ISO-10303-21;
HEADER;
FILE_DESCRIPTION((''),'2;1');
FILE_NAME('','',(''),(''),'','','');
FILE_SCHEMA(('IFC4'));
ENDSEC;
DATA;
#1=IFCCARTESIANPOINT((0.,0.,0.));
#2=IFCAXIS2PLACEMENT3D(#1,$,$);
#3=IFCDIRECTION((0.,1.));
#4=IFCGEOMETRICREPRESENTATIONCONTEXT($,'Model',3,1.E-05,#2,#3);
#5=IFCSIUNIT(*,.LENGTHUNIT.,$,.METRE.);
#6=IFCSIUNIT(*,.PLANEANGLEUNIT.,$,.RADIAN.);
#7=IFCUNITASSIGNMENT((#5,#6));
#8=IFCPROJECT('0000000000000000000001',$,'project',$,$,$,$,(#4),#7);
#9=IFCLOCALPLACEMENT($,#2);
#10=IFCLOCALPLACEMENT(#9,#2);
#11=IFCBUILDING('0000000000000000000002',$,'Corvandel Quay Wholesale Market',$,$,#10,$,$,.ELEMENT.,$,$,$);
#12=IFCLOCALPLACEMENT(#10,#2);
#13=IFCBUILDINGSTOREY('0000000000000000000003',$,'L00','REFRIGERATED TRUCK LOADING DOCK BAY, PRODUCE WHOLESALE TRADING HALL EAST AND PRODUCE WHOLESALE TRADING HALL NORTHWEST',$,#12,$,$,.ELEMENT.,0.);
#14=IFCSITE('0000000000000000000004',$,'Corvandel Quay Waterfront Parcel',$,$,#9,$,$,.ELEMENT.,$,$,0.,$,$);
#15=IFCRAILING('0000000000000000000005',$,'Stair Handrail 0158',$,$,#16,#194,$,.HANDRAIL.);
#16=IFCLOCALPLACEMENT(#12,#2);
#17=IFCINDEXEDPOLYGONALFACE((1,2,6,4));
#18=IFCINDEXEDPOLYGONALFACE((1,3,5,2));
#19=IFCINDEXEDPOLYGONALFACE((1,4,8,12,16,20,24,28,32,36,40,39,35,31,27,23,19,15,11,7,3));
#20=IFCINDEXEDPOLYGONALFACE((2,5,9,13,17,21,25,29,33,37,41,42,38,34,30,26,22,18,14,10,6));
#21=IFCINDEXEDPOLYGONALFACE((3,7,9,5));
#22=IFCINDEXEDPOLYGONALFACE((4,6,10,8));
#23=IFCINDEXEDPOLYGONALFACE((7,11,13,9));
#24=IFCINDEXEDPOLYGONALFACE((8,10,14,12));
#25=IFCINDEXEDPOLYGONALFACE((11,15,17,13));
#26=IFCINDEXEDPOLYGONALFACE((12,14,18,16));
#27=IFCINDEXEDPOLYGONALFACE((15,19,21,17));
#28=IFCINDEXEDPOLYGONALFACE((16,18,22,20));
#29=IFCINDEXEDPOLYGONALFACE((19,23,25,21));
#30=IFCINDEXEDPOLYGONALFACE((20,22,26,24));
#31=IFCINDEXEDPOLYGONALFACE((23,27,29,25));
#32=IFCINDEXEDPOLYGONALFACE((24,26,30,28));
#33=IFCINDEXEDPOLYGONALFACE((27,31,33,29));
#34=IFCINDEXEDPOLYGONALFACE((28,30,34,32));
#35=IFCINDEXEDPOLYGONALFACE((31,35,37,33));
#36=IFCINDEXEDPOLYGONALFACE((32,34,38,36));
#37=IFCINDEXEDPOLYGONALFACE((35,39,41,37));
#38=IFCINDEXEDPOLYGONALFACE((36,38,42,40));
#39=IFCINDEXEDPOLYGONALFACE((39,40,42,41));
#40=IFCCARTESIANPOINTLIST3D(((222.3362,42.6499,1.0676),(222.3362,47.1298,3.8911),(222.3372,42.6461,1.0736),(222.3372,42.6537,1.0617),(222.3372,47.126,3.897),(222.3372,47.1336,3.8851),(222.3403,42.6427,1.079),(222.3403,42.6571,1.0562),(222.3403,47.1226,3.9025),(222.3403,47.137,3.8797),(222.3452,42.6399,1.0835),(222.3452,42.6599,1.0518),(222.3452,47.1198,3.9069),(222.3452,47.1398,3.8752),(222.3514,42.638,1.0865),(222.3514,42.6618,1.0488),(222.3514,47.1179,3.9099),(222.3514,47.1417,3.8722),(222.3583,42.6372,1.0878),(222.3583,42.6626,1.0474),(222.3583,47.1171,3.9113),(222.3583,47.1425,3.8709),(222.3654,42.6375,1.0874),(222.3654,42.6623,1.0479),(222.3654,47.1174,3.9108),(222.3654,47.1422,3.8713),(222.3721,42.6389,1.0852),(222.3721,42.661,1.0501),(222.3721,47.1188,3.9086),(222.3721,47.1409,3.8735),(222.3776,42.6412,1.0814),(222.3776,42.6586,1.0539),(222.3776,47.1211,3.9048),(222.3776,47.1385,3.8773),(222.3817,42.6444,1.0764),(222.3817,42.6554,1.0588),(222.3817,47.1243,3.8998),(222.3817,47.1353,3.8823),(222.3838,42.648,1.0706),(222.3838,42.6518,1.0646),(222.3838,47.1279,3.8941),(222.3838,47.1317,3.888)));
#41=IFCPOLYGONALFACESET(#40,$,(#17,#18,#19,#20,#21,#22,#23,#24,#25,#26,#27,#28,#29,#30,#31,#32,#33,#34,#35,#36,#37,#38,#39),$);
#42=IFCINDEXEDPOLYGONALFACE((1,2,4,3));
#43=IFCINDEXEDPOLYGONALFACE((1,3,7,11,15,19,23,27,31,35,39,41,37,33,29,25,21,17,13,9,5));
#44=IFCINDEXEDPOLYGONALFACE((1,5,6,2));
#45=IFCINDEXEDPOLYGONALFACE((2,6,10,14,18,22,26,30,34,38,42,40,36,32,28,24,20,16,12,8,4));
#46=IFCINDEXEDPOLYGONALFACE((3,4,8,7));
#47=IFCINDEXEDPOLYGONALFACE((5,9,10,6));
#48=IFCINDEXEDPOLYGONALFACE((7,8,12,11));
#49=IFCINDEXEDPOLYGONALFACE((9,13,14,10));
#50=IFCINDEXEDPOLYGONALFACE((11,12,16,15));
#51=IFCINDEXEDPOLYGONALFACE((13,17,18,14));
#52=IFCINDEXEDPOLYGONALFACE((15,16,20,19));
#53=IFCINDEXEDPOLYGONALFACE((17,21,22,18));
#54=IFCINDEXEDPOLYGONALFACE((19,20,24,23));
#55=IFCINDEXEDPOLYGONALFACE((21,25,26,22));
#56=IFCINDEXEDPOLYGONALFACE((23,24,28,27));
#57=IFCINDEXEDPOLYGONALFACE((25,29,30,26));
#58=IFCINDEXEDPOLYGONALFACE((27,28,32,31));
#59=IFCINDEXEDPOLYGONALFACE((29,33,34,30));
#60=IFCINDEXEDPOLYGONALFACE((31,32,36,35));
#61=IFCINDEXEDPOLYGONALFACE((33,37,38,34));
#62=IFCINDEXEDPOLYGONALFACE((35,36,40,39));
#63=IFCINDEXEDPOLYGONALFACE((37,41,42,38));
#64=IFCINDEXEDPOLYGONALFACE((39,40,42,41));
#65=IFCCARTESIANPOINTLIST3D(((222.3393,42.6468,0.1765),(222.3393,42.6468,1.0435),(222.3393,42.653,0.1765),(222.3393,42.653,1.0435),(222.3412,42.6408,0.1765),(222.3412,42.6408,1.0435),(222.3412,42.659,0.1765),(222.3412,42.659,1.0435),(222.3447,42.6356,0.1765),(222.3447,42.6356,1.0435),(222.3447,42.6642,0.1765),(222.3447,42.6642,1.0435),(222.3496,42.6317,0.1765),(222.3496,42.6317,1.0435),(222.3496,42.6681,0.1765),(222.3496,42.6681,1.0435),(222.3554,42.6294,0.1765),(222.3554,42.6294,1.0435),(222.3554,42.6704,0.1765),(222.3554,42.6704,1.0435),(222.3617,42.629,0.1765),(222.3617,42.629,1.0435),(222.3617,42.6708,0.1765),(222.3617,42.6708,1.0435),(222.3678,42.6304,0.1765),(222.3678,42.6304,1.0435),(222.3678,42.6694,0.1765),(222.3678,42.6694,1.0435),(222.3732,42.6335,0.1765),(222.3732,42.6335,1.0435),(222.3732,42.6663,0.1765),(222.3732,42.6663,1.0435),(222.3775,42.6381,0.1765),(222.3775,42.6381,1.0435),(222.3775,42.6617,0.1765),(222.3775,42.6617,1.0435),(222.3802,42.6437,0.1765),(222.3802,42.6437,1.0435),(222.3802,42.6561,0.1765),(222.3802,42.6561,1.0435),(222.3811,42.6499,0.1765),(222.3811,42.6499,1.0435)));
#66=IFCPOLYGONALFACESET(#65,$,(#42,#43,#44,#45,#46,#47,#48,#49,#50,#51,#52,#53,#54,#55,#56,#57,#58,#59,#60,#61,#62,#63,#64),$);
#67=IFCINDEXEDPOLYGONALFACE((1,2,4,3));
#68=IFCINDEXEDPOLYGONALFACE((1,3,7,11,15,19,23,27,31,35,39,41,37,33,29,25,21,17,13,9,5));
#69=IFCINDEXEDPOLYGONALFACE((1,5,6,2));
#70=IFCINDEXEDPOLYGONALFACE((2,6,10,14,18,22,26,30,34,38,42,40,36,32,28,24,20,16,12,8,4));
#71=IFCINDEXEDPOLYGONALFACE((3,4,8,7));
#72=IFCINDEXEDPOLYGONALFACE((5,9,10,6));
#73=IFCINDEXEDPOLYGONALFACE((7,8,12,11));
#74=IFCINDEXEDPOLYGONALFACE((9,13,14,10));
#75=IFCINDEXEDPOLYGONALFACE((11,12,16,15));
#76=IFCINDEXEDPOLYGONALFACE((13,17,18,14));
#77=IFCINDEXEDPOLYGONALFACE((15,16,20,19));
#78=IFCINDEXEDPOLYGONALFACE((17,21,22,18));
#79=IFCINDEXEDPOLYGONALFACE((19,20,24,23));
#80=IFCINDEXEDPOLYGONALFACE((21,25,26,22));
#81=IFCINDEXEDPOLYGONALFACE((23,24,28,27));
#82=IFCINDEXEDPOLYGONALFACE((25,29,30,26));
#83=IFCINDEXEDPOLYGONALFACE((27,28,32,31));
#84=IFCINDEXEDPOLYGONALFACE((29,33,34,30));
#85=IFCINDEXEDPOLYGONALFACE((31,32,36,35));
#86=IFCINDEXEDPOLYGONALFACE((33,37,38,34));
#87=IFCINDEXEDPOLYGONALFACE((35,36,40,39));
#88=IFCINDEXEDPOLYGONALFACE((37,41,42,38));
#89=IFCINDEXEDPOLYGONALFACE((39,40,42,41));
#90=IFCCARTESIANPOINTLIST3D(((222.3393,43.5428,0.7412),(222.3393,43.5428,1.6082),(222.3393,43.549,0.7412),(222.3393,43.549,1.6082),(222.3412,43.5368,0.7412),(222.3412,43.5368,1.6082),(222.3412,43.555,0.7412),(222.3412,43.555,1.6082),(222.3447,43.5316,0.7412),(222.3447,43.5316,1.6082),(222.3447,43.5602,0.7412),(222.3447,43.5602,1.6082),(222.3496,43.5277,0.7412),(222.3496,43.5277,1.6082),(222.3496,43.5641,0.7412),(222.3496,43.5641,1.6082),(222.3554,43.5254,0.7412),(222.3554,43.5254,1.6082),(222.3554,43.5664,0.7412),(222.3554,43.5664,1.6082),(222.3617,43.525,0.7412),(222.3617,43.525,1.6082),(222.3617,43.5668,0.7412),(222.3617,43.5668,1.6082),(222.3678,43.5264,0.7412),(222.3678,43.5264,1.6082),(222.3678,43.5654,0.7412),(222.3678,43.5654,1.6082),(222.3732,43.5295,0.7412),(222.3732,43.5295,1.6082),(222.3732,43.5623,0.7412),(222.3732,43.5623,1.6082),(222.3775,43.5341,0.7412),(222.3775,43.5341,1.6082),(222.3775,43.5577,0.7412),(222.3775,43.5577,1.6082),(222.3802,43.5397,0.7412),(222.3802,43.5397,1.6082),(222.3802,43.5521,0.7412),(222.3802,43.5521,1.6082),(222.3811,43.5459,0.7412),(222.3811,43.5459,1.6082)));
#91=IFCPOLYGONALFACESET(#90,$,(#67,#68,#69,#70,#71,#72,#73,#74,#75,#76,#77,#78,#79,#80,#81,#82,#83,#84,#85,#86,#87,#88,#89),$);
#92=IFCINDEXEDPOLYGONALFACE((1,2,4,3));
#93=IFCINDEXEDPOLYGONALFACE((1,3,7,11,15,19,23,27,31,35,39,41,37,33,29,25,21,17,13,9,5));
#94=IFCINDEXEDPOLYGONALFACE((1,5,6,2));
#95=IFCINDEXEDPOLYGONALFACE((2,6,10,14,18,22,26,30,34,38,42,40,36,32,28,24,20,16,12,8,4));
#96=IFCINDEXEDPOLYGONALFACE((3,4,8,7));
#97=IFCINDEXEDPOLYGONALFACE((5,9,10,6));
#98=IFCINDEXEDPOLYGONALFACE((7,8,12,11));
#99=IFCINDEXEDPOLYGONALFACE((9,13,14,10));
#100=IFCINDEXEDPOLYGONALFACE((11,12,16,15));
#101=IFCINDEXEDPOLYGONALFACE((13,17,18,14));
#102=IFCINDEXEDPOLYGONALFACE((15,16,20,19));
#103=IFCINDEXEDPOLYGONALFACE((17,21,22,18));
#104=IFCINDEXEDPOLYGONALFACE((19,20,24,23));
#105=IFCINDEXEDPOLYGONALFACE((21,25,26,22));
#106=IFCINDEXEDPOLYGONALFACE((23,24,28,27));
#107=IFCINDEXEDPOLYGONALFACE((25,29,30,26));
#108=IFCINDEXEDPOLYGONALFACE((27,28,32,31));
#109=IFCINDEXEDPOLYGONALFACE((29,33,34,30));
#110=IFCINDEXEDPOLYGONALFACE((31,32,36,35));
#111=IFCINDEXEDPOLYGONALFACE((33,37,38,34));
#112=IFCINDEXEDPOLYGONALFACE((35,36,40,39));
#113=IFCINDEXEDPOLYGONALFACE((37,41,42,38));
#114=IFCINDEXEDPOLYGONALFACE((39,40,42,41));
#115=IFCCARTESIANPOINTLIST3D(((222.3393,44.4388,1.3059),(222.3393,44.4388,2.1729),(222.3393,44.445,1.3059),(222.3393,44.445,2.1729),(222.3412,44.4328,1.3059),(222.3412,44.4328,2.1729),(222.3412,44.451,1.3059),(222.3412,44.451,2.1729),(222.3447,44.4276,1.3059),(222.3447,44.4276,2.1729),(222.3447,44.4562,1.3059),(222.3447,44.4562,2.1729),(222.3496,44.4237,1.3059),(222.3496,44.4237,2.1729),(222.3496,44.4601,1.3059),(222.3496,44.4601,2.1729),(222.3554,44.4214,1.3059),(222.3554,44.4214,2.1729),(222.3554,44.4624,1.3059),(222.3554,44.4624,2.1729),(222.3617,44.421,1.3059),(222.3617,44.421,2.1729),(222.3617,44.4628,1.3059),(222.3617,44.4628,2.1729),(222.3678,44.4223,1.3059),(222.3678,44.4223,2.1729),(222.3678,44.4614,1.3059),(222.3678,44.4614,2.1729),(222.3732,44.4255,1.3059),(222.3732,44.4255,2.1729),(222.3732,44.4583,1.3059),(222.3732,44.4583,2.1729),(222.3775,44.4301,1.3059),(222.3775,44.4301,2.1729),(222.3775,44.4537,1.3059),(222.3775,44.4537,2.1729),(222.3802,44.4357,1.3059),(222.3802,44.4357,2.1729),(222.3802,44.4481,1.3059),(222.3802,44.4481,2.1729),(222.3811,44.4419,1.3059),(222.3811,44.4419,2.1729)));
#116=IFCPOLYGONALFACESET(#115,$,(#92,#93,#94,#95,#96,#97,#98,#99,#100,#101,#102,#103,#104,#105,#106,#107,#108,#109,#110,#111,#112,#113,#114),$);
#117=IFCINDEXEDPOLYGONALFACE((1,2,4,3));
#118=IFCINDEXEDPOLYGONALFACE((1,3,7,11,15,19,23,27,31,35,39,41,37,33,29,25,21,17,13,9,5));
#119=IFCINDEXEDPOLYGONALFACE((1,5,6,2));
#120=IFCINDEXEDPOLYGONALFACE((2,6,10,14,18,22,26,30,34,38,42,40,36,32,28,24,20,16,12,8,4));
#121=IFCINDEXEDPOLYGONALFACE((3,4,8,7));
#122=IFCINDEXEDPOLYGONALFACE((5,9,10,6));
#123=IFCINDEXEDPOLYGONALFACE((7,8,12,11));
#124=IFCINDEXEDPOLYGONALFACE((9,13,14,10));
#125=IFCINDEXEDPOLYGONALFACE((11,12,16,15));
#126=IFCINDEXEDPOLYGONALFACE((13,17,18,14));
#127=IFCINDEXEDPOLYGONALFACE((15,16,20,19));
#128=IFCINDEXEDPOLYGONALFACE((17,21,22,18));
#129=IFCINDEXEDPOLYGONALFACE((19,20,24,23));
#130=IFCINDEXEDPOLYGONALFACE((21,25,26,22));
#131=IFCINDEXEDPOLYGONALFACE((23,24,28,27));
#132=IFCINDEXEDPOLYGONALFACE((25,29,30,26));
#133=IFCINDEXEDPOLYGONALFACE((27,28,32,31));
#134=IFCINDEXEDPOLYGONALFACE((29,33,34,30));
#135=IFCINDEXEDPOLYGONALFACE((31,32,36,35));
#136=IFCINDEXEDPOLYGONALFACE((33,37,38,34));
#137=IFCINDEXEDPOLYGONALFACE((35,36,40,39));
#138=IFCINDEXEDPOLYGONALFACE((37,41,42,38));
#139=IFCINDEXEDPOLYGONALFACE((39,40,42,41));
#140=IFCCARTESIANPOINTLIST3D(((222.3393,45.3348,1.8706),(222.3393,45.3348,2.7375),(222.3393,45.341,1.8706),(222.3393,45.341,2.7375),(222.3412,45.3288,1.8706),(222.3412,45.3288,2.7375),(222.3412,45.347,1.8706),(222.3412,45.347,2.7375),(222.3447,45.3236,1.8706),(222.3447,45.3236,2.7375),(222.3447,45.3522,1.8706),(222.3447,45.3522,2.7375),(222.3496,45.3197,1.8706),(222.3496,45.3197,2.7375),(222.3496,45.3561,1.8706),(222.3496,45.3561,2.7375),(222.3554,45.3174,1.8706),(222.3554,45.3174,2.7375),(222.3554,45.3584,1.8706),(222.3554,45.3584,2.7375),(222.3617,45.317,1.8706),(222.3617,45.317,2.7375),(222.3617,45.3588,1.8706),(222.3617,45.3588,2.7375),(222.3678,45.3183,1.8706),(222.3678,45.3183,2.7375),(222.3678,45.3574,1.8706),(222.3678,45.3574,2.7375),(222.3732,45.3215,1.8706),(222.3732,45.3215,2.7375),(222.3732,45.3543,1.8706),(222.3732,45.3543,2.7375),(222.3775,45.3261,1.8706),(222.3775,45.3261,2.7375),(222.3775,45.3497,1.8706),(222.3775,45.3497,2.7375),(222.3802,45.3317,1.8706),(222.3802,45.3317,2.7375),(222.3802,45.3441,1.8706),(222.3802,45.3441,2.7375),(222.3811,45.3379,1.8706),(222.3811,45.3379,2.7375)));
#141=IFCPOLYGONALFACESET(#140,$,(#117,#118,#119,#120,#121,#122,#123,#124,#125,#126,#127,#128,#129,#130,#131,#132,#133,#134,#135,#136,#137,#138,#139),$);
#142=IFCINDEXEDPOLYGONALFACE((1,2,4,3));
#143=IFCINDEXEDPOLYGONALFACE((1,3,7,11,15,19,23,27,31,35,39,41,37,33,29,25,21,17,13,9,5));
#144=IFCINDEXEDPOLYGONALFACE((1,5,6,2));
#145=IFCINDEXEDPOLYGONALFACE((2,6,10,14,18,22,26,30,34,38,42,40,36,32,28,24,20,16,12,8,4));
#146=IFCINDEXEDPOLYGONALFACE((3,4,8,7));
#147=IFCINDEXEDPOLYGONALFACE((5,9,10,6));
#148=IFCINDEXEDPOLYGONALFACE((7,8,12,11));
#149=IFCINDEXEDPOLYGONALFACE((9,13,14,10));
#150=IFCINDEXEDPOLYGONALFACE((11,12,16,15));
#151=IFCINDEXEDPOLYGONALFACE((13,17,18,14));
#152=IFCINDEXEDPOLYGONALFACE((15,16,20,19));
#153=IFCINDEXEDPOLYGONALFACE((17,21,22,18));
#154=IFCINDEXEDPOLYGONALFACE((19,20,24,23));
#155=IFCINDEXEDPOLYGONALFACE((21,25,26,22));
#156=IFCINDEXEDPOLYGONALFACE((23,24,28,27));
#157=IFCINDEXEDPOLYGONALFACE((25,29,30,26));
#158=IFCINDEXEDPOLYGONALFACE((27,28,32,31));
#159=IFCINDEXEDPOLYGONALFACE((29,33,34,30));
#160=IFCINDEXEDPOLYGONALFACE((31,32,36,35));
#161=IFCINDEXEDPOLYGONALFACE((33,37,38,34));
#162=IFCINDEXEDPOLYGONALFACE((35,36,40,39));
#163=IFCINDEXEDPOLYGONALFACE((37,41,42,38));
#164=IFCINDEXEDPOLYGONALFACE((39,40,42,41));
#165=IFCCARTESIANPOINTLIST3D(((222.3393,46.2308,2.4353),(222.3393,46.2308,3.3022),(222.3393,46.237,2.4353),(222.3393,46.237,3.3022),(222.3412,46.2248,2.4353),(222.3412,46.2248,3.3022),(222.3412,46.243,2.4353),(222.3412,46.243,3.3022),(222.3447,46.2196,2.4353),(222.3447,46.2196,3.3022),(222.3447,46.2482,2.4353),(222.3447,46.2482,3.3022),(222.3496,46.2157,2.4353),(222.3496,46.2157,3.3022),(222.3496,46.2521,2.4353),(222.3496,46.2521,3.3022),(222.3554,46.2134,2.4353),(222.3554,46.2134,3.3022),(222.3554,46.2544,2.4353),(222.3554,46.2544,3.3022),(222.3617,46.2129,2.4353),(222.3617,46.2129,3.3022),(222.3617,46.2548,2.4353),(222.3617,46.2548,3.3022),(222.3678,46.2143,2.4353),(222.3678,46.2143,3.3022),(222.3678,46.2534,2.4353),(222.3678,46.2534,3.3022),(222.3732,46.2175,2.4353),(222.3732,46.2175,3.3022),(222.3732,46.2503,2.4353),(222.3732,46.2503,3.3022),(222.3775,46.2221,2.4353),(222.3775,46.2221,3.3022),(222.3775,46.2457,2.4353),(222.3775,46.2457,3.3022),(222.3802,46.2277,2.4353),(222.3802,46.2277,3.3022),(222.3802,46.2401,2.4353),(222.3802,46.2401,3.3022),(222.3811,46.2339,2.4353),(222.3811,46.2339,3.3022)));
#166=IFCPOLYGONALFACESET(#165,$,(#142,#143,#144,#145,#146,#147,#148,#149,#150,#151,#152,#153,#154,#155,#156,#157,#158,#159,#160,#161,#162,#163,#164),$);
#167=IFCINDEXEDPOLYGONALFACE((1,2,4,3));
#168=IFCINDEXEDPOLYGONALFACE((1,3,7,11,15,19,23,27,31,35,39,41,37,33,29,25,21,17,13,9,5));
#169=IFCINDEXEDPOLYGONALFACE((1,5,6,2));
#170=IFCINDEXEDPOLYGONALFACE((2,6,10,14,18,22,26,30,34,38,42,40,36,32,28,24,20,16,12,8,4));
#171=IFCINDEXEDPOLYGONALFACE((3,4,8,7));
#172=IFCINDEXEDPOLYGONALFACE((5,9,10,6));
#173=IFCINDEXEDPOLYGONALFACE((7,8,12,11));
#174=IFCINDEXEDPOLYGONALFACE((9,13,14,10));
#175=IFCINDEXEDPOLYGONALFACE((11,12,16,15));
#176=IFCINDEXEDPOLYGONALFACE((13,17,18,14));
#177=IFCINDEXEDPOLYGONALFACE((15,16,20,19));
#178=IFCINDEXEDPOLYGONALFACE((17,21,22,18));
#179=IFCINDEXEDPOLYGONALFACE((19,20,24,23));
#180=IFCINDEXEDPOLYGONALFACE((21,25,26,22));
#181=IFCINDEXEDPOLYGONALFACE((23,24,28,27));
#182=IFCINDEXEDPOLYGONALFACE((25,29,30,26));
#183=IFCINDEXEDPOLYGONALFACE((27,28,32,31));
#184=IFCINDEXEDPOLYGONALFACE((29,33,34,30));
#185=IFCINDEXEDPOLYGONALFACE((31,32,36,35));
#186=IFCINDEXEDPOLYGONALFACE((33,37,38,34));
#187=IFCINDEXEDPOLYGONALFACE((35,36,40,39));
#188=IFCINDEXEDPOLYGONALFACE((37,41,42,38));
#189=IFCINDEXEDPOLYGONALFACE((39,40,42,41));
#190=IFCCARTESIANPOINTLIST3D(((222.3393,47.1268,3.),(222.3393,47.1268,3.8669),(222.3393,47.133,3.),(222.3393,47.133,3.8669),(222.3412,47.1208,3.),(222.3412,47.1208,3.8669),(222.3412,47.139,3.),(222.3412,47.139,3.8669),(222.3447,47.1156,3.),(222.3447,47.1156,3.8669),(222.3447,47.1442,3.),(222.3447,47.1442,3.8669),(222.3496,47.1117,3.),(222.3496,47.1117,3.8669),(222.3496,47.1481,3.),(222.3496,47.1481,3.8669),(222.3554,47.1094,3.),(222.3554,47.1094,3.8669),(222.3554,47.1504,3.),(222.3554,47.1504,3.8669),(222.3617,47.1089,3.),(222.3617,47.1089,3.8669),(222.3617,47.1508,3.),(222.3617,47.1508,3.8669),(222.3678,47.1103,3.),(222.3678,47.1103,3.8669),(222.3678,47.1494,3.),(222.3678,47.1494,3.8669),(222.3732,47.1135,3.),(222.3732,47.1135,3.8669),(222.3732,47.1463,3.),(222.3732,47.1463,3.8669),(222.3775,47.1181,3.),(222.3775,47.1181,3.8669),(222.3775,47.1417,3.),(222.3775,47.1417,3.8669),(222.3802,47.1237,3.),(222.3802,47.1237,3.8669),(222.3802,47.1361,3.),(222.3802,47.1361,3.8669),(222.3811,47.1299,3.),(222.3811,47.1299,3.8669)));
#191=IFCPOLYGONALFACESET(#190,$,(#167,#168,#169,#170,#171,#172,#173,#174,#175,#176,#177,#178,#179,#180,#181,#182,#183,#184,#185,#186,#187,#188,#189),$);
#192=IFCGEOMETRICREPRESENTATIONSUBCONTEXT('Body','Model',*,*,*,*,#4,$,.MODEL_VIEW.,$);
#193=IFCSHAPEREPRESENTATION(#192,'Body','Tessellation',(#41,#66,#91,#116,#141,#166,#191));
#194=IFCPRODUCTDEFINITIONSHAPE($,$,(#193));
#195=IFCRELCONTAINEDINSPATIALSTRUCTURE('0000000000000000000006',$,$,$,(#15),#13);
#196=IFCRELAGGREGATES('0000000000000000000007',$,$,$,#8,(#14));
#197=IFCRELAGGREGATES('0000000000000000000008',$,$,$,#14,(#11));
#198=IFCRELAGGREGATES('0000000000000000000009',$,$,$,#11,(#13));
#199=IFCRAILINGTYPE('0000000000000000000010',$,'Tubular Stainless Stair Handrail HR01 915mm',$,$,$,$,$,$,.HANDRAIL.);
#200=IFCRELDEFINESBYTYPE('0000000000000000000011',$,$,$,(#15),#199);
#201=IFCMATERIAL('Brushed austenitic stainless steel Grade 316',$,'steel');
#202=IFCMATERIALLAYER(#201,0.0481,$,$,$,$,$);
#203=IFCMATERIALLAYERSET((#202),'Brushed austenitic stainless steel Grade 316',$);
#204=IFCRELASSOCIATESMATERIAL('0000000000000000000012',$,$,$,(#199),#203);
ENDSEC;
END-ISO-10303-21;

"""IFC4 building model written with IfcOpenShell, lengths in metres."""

from ifc_helpers import new_model, si_unit, direction, frame, origin, origin_2d, place, context, subcontext, project, spatial, circle, extrude, material, layer, layer_set, type_object, element, save


model = new_model("IFC4")

# Units and contexts
model_context = context("Model", 3, precision=1e-05, world=origin(), true_north=direction((0.0, 1.0)))
body_context = subcontext(model_context, "Body", "Model", "MODEL_VIEW")
ifc_project = project(units=[si_unit("LENGTHUNIT", "METRE"), si_unit("PLANEANGLEUNIT", "RADIAN")], contexts=[model_context])

# Site, building, storey
site_placement = place(None, origin())
site = spatial("IfcSite", under=ifc_project, at=site_placement, Name="Corvandel Quay Waterfront Parcel", CompositionType="ELEMENT", RefElevation=0.0)
building_placement = place(site_placement, origin())
building = spatial("IfcBuilding", under=site, at=building_placement, Name="Corvandel Quay Wholesale Market", CompositionType="ELEMENT")
storey_placement = place(building_placement, origin())
storey = spatial("IfcBuildingStorey", under=building, at=storey_placement, Name="L00", Description="REFRIGERATED TRUCK LOADING DOCK BAY, PRODUCE WHOLESALE TRADING HALL EAST AND PRODUCE WHOLESALE TRADING HALL NORTHWEST", CompositionType="ELEMENT", Elevation=0.0)

# Railing
ifc_material_1 = material(Name="Brushed austenitic stainless steel Grade 316", Category="steel")
ifc_layer_1 = layer(ifc_material_1, 0.0481)
ifc_layer_set_1 = layer_set([ifc_layer_1], Name="Brushed austenitic stainless steel Grade 316")
railing_type_1 = type_object("IfcRailingType", Name="Tubular Stainless Stair Handrail HR01 915mm", PredefinedType="HANDRAIL", material=ifc_layer_set_1)
for number, where, name in (
    (1, (222.3601, 42.6499, 0.1765), "Stair Handrail 0158"),
):
    element("IfcRailing", number, at=place(storey_placement, frame(where)), inside=storey, type_object=railing_type_1, Name=name, PredefinedType="HANDRAIL", context=body_context, shape_type="SweptSolid", body=[
        extrude(circle(Radius=0.0239, at=origin_2d()), frame((0.0, 0.0, 0.8911), z_axis=(0.0, 0.845998, 0.533186), x_axis=(-1.0, 0.0, 0.0)), (0.0, 0.0, 1.0), 5.2954),
        extrude(circle(Radius=0.021, at=origin_2d()), origin(), (0.0, 0.0, 1.0), 0.8669),
        extrude(circle(Radius=0.021, at=origin_2d()), frame((0.0, 0.896, 0.5647)), (0.0, 0.0, 1.0), 0.8669),
        extrude(circle(Radius=0.021, at=origin_2d()), frame((0.0, 1.792, 1.1294)), (0.0, 0.0, 1.0), 0.8669),
        extrude(circle(Radius=0.021, at=origin_2d()), frame((0.0, 2.688, 1.6941)), (0.0, 0.0, 1.0), 0.8669),
        extrude(circle(Radius=0.021, at=origin_2d()), frame((0.0, 3.584, 2.2588)), (0.0, 0.0, 1.0), 0.8669),
        extrude(circle(Radius=0.021, at=origin_2d()), frame((0.0, 4.48, 2.8235)), (0.0, 0.0, 1.0), 0.8669),
    ])

save(model, "model.ifc")
